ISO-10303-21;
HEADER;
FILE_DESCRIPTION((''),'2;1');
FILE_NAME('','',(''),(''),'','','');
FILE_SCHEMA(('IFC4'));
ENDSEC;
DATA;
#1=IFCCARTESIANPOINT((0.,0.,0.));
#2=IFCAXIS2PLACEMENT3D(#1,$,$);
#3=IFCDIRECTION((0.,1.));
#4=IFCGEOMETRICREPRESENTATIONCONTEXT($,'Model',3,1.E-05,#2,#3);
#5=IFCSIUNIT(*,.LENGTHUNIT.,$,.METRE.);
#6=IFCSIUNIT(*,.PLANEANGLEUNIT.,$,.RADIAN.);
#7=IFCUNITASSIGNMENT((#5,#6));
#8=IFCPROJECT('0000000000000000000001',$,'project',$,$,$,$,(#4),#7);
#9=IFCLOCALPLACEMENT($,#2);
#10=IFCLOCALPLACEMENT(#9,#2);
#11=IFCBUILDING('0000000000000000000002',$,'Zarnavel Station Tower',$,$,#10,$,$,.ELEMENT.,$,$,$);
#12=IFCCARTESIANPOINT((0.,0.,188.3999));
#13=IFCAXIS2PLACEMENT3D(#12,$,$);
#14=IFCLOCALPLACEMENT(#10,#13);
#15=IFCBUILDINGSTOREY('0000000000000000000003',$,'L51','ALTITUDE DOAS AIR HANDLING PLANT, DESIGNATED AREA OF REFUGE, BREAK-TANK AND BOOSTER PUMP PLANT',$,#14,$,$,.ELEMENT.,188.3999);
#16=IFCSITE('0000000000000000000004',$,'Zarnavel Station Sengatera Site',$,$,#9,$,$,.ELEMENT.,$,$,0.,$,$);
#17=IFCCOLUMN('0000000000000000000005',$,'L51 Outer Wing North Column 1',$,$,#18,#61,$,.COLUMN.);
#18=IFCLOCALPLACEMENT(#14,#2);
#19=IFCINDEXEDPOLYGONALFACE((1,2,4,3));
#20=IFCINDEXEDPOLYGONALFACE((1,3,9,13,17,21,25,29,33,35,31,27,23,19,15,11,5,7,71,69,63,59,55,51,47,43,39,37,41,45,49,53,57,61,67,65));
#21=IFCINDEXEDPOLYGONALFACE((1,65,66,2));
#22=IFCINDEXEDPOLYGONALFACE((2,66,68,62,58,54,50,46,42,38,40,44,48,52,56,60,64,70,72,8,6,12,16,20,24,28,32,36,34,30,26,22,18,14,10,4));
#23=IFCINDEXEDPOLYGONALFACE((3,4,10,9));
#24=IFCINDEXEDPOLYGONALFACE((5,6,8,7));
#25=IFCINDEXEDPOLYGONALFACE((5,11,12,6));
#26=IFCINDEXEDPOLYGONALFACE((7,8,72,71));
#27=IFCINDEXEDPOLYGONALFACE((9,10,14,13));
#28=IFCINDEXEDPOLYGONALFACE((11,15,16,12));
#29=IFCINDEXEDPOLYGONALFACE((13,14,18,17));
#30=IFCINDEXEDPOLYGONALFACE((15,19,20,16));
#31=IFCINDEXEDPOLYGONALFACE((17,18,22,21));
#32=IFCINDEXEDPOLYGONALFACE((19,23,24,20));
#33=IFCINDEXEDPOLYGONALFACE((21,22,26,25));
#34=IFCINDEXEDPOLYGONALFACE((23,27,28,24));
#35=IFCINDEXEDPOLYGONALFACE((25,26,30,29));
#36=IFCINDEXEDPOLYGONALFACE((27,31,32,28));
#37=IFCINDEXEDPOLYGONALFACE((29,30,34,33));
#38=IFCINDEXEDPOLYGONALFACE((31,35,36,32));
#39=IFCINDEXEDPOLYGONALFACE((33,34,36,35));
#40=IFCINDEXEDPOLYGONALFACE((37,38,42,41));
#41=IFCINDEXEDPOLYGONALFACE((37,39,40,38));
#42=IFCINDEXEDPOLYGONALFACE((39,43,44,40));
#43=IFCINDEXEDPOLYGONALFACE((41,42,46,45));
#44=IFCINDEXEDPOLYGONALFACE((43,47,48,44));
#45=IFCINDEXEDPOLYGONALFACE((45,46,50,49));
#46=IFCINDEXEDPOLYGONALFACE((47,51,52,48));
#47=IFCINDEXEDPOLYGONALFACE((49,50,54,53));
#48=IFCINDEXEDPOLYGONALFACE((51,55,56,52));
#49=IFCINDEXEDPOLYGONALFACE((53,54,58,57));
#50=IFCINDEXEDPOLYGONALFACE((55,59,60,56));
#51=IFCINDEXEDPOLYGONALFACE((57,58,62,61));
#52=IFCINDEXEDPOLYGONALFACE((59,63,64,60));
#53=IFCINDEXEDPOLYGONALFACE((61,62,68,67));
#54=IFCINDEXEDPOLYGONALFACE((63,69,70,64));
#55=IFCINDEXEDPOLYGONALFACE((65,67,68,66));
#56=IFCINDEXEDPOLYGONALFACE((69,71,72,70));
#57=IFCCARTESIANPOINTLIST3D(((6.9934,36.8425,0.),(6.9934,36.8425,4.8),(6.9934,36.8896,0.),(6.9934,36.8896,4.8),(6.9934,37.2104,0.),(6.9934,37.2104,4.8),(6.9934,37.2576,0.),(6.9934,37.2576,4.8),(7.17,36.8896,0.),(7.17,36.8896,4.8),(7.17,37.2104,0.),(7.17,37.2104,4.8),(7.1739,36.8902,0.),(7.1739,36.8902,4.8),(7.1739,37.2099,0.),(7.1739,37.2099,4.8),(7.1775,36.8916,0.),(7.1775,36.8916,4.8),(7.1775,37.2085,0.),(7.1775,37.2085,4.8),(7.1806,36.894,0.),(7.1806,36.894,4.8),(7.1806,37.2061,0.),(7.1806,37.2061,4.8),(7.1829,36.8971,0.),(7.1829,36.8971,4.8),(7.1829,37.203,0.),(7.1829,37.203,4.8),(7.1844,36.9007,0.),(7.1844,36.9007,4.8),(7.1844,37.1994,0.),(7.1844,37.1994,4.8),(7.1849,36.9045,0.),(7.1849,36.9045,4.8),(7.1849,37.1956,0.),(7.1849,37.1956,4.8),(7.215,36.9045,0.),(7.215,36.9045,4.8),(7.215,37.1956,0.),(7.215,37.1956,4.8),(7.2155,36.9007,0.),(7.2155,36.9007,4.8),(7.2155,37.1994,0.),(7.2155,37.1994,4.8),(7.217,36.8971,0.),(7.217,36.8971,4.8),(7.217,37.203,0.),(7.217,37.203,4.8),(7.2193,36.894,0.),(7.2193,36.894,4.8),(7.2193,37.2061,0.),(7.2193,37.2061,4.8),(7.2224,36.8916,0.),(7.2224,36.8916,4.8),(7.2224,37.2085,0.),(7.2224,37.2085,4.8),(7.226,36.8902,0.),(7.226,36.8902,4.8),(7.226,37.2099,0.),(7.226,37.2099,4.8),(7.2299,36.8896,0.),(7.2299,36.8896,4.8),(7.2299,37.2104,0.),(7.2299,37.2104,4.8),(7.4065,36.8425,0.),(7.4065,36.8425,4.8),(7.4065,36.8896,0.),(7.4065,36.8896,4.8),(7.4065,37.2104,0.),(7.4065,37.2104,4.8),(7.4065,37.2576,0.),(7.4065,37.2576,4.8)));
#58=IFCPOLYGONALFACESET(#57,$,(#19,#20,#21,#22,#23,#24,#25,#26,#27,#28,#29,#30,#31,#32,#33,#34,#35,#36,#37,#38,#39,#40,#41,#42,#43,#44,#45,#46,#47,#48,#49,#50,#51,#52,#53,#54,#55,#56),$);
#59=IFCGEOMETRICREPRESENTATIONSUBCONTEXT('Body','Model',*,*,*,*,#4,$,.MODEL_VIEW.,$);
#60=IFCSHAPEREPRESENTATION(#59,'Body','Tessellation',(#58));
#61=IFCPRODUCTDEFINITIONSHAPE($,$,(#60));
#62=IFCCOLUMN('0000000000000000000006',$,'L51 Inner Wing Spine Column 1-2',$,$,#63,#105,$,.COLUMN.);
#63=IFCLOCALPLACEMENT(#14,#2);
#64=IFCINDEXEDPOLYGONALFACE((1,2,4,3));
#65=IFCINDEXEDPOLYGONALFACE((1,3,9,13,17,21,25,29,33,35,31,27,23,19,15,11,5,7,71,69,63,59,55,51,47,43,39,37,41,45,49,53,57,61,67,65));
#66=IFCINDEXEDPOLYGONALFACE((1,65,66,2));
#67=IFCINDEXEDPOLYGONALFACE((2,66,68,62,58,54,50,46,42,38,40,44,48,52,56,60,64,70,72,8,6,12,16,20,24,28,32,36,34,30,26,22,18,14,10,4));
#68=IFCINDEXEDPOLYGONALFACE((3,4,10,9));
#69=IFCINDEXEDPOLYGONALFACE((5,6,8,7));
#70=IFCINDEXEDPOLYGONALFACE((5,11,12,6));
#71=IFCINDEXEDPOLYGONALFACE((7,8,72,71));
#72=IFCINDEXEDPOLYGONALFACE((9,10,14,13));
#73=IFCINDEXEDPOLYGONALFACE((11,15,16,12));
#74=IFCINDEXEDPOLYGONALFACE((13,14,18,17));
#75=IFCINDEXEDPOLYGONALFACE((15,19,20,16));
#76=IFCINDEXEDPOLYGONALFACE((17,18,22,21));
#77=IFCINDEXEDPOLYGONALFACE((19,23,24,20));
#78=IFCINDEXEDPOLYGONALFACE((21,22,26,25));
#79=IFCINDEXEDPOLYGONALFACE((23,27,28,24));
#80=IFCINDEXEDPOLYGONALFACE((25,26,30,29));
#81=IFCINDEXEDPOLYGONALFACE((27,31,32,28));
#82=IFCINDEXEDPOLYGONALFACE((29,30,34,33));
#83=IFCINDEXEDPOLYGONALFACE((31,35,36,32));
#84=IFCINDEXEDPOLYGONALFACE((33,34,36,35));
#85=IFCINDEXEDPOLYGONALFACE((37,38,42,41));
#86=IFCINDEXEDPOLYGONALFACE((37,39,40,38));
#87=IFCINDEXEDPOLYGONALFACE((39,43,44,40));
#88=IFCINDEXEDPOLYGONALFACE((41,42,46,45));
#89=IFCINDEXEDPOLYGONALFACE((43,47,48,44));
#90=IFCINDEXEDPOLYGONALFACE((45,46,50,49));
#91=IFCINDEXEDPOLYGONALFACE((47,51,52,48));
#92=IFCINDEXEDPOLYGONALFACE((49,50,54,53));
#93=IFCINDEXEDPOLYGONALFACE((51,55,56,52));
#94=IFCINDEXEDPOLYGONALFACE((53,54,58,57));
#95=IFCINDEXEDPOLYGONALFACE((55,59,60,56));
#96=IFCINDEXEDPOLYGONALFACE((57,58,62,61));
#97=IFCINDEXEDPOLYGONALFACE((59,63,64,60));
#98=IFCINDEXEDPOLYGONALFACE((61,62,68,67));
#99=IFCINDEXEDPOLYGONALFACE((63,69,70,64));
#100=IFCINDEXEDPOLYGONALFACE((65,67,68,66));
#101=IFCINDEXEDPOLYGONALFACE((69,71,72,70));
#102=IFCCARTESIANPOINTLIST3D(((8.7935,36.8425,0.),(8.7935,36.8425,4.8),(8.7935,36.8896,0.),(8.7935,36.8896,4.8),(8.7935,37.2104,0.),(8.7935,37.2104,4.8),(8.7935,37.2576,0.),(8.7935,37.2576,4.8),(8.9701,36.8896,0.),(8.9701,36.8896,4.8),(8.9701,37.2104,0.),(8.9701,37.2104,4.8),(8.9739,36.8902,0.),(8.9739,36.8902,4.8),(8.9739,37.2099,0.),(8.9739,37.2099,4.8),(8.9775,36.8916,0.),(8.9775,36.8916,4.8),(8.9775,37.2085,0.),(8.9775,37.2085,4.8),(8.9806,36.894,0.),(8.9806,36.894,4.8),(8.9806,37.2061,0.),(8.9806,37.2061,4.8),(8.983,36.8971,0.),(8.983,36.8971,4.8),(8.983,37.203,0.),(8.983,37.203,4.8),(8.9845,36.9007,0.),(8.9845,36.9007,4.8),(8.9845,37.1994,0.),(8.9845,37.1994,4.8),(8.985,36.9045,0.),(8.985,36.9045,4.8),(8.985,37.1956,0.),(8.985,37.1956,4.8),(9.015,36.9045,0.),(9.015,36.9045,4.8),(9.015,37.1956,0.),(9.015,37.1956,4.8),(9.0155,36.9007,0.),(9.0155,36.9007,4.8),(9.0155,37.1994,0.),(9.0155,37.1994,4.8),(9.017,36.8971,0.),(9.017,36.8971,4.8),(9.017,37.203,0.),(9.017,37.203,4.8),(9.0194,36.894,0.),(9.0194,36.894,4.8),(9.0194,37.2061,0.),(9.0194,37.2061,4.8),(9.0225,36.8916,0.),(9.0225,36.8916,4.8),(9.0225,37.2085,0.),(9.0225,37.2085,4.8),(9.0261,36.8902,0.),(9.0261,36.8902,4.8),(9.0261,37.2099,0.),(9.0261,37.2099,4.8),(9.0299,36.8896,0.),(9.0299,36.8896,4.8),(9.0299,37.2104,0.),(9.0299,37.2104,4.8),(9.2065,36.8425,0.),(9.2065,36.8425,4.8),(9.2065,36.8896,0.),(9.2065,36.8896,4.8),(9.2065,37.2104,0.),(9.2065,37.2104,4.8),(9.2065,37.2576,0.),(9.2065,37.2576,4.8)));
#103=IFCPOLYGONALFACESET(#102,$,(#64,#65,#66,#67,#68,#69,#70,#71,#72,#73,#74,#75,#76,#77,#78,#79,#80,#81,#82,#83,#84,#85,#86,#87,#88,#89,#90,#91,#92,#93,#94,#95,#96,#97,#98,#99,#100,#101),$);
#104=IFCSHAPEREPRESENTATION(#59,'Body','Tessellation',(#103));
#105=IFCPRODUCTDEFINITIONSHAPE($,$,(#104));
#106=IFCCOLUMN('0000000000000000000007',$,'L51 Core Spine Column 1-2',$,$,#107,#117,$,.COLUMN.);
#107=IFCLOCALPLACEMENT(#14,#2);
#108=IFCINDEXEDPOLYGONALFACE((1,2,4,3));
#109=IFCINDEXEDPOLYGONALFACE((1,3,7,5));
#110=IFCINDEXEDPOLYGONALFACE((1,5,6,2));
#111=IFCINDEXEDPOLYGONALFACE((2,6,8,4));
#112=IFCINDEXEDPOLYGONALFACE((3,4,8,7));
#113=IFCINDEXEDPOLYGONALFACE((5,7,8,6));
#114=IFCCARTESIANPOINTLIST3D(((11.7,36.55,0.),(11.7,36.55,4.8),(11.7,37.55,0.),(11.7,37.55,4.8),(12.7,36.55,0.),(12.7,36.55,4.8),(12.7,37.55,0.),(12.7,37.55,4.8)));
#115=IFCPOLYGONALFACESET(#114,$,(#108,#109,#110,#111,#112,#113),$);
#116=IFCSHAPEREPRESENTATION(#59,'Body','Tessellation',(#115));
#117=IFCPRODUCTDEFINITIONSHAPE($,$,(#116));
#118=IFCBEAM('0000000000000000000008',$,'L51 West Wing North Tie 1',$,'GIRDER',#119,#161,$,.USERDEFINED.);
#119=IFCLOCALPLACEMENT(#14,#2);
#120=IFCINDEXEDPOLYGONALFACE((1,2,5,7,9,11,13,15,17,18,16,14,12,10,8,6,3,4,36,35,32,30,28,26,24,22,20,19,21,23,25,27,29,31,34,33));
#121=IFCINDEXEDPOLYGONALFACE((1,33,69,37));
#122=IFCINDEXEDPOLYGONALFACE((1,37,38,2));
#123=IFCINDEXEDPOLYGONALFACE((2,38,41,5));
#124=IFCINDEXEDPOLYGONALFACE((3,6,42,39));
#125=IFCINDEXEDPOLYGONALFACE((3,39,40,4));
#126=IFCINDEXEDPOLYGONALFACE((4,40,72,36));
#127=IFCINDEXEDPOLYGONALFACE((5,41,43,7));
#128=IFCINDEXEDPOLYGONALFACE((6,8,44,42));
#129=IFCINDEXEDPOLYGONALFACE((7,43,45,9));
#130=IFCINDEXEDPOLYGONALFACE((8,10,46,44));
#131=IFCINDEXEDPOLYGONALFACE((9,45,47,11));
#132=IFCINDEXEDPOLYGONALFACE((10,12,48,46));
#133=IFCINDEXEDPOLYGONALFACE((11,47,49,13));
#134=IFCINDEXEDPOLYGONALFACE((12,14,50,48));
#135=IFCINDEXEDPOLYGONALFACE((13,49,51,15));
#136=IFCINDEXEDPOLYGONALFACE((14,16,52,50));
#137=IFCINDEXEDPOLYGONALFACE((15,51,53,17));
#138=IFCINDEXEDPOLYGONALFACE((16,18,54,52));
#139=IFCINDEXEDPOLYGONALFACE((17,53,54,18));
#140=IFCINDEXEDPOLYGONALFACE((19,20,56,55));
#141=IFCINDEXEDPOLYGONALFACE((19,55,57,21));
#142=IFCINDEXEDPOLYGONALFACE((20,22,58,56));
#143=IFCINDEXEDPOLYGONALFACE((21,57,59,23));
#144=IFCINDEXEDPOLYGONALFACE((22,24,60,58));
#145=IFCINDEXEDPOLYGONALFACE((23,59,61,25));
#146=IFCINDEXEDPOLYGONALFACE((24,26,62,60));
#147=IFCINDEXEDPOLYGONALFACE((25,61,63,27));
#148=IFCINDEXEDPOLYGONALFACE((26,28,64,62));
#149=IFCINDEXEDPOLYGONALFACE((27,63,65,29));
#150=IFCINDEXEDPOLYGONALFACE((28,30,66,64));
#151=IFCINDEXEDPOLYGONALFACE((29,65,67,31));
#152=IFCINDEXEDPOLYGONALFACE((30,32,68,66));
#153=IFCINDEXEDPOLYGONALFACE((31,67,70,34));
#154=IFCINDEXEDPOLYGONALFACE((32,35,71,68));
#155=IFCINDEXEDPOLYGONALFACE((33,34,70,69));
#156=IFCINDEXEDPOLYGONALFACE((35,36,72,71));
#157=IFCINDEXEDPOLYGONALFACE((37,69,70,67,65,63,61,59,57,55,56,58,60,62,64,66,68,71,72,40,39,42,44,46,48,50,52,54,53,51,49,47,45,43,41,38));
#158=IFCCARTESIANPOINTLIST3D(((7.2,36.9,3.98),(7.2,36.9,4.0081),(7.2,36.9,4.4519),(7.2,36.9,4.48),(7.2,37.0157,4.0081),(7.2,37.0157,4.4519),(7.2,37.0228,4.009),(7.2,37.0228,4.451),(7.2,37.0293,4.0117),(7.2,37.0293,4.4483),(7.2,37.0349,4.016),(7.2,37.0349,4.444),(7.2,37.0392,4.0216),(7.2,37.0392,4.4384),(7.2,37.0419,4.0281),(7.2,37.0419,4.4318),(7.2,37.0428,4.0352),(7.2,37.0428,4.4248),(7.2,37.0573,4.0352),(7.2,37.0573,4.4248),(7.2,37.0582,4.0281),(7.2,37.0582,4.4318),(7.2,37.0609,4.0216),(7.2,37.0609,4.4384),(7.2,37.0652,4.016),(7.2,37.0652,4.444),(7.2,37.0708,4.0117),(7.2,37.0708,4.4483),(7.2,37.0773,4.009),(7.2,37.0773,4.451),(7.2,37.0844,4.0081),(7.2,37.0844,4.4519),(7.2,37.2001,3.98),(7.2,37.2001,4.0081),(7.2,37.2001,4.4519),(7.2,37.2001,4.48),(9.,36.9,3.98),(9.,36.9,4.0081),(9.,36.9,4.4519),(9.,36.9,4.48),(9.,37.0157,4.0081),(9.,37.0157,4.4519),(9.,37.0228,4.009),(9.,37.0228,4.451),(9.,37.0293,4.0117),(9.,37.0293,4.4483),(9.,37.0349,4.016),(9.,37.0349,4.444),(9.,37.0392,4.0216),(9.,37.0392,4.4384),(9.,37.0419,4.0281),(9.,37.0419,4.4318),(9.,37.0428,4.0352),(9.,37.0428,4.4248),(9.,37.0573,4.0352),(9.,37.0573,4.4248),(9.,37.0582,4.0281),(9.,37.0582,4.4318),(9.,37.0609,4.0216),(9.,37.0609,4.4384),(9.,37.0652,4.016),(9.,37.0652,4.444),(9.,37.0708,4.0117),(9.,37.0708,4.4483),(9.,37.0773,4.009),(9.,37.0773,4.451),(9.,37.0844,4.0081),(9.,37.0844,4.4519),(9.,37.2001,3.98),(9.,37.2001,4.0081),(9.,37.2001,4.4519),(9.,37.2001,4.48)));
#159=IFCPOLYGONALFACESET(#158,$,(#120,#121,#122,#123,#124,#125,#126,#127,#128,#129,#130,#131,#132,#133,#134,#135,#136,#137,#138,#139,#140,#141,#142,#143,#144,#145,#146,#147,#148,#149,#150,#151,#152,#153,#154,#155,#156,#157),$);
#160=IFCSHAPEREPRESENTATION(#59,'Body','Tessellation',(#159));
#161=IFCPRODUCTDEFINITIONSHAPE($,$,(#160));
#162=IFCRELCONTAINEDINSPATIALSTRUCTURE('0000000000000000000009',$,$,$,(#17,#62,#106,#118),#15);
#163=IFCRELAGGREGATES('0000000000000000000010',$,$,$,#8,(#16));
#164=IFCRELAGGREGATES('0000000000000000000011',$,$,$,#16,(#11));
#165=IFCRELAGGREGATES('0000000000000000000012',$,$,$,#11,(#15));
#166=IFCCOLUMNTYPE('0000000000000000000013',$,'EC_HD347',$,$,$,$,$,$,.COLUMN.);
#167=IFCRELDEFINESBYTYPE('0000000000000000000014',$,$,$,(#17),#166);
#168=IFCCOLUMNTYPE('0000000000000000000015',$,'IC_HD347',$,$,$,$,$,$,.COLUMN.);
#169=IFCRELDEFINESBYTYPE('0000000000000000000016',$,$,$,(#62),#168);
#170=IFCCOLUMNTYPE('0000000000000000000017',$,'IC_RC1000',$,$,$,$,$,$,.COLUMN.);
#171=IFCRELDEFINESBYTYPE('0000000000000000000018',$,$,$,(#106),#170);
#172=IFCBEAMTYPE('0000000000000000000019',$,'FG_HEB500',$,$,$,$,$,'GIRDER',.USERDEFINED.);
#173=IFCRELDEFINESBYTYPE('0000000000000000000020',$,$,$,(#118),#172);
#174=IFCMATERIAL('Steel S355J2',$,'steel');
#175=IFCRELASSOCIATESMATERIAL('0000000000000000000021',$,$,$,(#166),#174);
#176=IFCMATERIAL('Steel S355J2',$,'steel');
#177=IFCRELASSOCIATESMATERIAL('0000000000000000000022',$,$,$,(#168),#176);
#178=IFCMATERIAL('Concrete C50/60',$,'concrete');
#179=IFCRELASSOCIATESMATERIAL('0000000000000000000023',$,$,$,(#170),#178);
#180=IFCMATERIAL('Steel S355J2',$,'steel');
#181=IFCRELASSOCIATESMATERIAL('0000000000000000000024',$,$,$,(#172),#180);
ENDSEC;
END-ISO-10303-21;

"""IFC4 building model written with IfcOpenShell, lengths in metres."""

from ifc_helpers import new_model, si_unit, direction, frame, origin, origin_2d, place, context, subcontext, project, spatial, rectangle, i_section, extrude, material, material_profile, profile_set, type_object, element, save


model = new_model("IFC4")

# Units and contexts
model_context = context("Model", 3, precision=1e-05, world=origin(), true_north=direction((0.0, 1.0)))
body_context = subcontext(model_context, "Body", "Model", "MODEL_VIEW")
ifc_project = project(units=[si_unit("LENGTHUNIT", "METRE"), si_unit("PLANEANGLEUNIT", "RADIAN")], contexts=[model_context])

# Site, building, storey
site_placement = place(None, origin())
site = spatial("IfcSite", under=ifc_project, at=site_placement, Name="Zarnavel Station Sengatera Site", CompositionType="ELEMENT", RefElevation=0.0)
building_placement = place(site_placement, origin())
building = spatial("IfcBuilding", under=site, at=building_placement, Name="Zarnavel Station Tower", CompositionType="ELEMENT")
storey_placement = place(building_placement, frame((0.0, 0.0, 188.3999)))
storey = spatial("IfcBuildingStorey", under=building, at=storey_placement, Name="L51", Description="ALTITUDE DOAS AIR HANDLING PLANT, DESIGNATED AREA OF REFUGE, BREAK-TANK AND BOOSTER PUMP PLANT", CompositionType="ELEMENT", Elevation=188.3999)

# Columns
ifc_material_1 = material(Name="Steel S355J2", Category="steel")
ifc_material_profile_1 = material_profile(ifc_material_1, i_section(OverallWidth=0.4131, OverallDepth=0.415, WebThickness=0.03, FlangeThickness=0.0471, FilletRadius=0.0149, at=origin_2d()), Name="HD400x347")
ifc_profile_set_1 = profile_set([ifc_material_profile_1], Name="Steel S355J2")
column_type_1 = type_object("IfcColumnType", Name="EC_HD347", PredefinedType="COLUMN", material=ifc_profile_set_1)
column_1_placement = place(storey_placement, frame((7.2, 37.05, 0.0), z_axis=(0.0, 0.0, 1.0), x_axis=(1.0, 0.0, 0.0)))
element("IfcColumn", 1, at=column_1_placement, inside=storey, type_object=column_type_1, Name="L51 Outer Wing North Column 1", PredefinedType="COLUMN", context=body_context, shape_type="SweptSolid", body=[
    extrude(i_section(OverallWidth=0.4131, OverallDepth=0.415, WebThickness=0.03, FlangeThickness=0.0471, FilletRadius=0.0149, at=origin_2d()), origin(), (0.0, 0.0, 1.0), 4.8),
])
ifc_material_2 = material(Name="Steel S355J2", Category="steel")
ifc_material_profile_2 = material_profile(ifc_material_2, i_section(OverallWidth=0.4131, OverallDepth=0.415, WebThickness=0.03, FlangeThickness=0.0471, FilletRadius=0.0149, at=origin_2d()), Name="HD400x347")
ifc_profile_set_2 = profile_set([ifc_material_profile_2], Name="Steel S355J2")
column_type_2 = type_object("IfcColumnType", Name="IC_HD347", PredefinedType="COLUMN", material=ifc_profile_set_2)
column_2_placement = place(storey_placement, frame((9.0, 37.05, 0.0), z_axis=(0.0, 0.0, 1.0), x_axis=(1.0, 0.0, 0.0)))
element("IfcColumn", 2, at=column_2_placement, inside=storey, type_object=column_type_2, Name="L51 Inner Wing Spine Column 1-2", PredefinedType="COLUMN", context=body_context, shape_type="SweptSolid", body=[
    extrude(i_section(OverallWidth=0.4131, OverallDepth=0.415, WebThickness=0.03, FlangeThickness=0.0471, FilletRadius=0.0149, at=origin_2d()), origin(), (0.0, 0.0, 1.0), 4.8),
])
ifc_material_3 = material(Name="Concrete C50/60", Category="concrete")
ifc_material_profile_3 = material_profile(ifc_material_3, rectangle(XDim=1.0, YDim=1.0, at=origin_2d()), Name="RC1000x1000")
ifc_profile_set_3 = profile_set([ifc_material_profile_3], Name="Concrete C50/60")
column_type_3 = type_object("IfcColumnType", Name="IC_RC1000", PredefinedType="COLUMN", material=ifc_profile_set_3)
column_3_placement = place(storey_placement, frame((12.2, 37.05, 0.0), z_axis=(0.0, 0.0, 1.0), x_axis=(1.0, 0.0, 0.0)))
element("IfcColumn", 3, at=column_3_placement, inside=storey, type_object=column_type_3, Name="L51 Core Spine Column 1-2", PredefinedType="COLUMN", context=body_context, shape_type="SweptSolid", body=[
    extrude(rectangle(XDim=1.0, YDim=1.0, at=origin_2d()), origin(), (0.0, 0.0, 1.0), 4.8),
])

# Beam
ifc_material_4 = material(Name="Steel S355J2", Category="steel")
ifc_material_profile_4 = material_profile(ifc_material_4, i_section(OverallWidth=0.3, OverallDepth=0.5, WebThickness=0.0144, FlangeThickness=0.0281, FilletRadius=0.0271, at=origin_2d()), Name="HEB500")
ifc_profile_set_4 = profile_set([ifc_material_profile_4], Name="Steel S355J2")
beam_type = type_object("IfcBeamType", Name="FG_HEB500", ElementType="GIRDER", PredefinedType="USERDEFINED", material=ifc_profile_set_4)
beam_1_placement = place(storey_placement, frame((7.2, 37.05, 4.23), z_axis=(1.0, 0.0, 0.0), x_axis=(0.0, 1.0, 0.0)))
element("IfcBeam", 4, at=beam_1_placement, inside=storey, type_object=beam_type, Name="L51 West Wing North Tie 1", ObjectType="GIRDER", PredefinedType="USERDEFINED", context=body_context, shape_type="SweptSolid", body=[
    extrude(i_section(OverallWidth=0.3, OverallDepth=0.5, WebThickness=0.0144, FlangeThickness=0.0281, FilletRadius=0.0271, at=origin_2d()), origin(), (0.0, 0.0, 1.0), 1.8),
])

save(model, "model.ifc")
